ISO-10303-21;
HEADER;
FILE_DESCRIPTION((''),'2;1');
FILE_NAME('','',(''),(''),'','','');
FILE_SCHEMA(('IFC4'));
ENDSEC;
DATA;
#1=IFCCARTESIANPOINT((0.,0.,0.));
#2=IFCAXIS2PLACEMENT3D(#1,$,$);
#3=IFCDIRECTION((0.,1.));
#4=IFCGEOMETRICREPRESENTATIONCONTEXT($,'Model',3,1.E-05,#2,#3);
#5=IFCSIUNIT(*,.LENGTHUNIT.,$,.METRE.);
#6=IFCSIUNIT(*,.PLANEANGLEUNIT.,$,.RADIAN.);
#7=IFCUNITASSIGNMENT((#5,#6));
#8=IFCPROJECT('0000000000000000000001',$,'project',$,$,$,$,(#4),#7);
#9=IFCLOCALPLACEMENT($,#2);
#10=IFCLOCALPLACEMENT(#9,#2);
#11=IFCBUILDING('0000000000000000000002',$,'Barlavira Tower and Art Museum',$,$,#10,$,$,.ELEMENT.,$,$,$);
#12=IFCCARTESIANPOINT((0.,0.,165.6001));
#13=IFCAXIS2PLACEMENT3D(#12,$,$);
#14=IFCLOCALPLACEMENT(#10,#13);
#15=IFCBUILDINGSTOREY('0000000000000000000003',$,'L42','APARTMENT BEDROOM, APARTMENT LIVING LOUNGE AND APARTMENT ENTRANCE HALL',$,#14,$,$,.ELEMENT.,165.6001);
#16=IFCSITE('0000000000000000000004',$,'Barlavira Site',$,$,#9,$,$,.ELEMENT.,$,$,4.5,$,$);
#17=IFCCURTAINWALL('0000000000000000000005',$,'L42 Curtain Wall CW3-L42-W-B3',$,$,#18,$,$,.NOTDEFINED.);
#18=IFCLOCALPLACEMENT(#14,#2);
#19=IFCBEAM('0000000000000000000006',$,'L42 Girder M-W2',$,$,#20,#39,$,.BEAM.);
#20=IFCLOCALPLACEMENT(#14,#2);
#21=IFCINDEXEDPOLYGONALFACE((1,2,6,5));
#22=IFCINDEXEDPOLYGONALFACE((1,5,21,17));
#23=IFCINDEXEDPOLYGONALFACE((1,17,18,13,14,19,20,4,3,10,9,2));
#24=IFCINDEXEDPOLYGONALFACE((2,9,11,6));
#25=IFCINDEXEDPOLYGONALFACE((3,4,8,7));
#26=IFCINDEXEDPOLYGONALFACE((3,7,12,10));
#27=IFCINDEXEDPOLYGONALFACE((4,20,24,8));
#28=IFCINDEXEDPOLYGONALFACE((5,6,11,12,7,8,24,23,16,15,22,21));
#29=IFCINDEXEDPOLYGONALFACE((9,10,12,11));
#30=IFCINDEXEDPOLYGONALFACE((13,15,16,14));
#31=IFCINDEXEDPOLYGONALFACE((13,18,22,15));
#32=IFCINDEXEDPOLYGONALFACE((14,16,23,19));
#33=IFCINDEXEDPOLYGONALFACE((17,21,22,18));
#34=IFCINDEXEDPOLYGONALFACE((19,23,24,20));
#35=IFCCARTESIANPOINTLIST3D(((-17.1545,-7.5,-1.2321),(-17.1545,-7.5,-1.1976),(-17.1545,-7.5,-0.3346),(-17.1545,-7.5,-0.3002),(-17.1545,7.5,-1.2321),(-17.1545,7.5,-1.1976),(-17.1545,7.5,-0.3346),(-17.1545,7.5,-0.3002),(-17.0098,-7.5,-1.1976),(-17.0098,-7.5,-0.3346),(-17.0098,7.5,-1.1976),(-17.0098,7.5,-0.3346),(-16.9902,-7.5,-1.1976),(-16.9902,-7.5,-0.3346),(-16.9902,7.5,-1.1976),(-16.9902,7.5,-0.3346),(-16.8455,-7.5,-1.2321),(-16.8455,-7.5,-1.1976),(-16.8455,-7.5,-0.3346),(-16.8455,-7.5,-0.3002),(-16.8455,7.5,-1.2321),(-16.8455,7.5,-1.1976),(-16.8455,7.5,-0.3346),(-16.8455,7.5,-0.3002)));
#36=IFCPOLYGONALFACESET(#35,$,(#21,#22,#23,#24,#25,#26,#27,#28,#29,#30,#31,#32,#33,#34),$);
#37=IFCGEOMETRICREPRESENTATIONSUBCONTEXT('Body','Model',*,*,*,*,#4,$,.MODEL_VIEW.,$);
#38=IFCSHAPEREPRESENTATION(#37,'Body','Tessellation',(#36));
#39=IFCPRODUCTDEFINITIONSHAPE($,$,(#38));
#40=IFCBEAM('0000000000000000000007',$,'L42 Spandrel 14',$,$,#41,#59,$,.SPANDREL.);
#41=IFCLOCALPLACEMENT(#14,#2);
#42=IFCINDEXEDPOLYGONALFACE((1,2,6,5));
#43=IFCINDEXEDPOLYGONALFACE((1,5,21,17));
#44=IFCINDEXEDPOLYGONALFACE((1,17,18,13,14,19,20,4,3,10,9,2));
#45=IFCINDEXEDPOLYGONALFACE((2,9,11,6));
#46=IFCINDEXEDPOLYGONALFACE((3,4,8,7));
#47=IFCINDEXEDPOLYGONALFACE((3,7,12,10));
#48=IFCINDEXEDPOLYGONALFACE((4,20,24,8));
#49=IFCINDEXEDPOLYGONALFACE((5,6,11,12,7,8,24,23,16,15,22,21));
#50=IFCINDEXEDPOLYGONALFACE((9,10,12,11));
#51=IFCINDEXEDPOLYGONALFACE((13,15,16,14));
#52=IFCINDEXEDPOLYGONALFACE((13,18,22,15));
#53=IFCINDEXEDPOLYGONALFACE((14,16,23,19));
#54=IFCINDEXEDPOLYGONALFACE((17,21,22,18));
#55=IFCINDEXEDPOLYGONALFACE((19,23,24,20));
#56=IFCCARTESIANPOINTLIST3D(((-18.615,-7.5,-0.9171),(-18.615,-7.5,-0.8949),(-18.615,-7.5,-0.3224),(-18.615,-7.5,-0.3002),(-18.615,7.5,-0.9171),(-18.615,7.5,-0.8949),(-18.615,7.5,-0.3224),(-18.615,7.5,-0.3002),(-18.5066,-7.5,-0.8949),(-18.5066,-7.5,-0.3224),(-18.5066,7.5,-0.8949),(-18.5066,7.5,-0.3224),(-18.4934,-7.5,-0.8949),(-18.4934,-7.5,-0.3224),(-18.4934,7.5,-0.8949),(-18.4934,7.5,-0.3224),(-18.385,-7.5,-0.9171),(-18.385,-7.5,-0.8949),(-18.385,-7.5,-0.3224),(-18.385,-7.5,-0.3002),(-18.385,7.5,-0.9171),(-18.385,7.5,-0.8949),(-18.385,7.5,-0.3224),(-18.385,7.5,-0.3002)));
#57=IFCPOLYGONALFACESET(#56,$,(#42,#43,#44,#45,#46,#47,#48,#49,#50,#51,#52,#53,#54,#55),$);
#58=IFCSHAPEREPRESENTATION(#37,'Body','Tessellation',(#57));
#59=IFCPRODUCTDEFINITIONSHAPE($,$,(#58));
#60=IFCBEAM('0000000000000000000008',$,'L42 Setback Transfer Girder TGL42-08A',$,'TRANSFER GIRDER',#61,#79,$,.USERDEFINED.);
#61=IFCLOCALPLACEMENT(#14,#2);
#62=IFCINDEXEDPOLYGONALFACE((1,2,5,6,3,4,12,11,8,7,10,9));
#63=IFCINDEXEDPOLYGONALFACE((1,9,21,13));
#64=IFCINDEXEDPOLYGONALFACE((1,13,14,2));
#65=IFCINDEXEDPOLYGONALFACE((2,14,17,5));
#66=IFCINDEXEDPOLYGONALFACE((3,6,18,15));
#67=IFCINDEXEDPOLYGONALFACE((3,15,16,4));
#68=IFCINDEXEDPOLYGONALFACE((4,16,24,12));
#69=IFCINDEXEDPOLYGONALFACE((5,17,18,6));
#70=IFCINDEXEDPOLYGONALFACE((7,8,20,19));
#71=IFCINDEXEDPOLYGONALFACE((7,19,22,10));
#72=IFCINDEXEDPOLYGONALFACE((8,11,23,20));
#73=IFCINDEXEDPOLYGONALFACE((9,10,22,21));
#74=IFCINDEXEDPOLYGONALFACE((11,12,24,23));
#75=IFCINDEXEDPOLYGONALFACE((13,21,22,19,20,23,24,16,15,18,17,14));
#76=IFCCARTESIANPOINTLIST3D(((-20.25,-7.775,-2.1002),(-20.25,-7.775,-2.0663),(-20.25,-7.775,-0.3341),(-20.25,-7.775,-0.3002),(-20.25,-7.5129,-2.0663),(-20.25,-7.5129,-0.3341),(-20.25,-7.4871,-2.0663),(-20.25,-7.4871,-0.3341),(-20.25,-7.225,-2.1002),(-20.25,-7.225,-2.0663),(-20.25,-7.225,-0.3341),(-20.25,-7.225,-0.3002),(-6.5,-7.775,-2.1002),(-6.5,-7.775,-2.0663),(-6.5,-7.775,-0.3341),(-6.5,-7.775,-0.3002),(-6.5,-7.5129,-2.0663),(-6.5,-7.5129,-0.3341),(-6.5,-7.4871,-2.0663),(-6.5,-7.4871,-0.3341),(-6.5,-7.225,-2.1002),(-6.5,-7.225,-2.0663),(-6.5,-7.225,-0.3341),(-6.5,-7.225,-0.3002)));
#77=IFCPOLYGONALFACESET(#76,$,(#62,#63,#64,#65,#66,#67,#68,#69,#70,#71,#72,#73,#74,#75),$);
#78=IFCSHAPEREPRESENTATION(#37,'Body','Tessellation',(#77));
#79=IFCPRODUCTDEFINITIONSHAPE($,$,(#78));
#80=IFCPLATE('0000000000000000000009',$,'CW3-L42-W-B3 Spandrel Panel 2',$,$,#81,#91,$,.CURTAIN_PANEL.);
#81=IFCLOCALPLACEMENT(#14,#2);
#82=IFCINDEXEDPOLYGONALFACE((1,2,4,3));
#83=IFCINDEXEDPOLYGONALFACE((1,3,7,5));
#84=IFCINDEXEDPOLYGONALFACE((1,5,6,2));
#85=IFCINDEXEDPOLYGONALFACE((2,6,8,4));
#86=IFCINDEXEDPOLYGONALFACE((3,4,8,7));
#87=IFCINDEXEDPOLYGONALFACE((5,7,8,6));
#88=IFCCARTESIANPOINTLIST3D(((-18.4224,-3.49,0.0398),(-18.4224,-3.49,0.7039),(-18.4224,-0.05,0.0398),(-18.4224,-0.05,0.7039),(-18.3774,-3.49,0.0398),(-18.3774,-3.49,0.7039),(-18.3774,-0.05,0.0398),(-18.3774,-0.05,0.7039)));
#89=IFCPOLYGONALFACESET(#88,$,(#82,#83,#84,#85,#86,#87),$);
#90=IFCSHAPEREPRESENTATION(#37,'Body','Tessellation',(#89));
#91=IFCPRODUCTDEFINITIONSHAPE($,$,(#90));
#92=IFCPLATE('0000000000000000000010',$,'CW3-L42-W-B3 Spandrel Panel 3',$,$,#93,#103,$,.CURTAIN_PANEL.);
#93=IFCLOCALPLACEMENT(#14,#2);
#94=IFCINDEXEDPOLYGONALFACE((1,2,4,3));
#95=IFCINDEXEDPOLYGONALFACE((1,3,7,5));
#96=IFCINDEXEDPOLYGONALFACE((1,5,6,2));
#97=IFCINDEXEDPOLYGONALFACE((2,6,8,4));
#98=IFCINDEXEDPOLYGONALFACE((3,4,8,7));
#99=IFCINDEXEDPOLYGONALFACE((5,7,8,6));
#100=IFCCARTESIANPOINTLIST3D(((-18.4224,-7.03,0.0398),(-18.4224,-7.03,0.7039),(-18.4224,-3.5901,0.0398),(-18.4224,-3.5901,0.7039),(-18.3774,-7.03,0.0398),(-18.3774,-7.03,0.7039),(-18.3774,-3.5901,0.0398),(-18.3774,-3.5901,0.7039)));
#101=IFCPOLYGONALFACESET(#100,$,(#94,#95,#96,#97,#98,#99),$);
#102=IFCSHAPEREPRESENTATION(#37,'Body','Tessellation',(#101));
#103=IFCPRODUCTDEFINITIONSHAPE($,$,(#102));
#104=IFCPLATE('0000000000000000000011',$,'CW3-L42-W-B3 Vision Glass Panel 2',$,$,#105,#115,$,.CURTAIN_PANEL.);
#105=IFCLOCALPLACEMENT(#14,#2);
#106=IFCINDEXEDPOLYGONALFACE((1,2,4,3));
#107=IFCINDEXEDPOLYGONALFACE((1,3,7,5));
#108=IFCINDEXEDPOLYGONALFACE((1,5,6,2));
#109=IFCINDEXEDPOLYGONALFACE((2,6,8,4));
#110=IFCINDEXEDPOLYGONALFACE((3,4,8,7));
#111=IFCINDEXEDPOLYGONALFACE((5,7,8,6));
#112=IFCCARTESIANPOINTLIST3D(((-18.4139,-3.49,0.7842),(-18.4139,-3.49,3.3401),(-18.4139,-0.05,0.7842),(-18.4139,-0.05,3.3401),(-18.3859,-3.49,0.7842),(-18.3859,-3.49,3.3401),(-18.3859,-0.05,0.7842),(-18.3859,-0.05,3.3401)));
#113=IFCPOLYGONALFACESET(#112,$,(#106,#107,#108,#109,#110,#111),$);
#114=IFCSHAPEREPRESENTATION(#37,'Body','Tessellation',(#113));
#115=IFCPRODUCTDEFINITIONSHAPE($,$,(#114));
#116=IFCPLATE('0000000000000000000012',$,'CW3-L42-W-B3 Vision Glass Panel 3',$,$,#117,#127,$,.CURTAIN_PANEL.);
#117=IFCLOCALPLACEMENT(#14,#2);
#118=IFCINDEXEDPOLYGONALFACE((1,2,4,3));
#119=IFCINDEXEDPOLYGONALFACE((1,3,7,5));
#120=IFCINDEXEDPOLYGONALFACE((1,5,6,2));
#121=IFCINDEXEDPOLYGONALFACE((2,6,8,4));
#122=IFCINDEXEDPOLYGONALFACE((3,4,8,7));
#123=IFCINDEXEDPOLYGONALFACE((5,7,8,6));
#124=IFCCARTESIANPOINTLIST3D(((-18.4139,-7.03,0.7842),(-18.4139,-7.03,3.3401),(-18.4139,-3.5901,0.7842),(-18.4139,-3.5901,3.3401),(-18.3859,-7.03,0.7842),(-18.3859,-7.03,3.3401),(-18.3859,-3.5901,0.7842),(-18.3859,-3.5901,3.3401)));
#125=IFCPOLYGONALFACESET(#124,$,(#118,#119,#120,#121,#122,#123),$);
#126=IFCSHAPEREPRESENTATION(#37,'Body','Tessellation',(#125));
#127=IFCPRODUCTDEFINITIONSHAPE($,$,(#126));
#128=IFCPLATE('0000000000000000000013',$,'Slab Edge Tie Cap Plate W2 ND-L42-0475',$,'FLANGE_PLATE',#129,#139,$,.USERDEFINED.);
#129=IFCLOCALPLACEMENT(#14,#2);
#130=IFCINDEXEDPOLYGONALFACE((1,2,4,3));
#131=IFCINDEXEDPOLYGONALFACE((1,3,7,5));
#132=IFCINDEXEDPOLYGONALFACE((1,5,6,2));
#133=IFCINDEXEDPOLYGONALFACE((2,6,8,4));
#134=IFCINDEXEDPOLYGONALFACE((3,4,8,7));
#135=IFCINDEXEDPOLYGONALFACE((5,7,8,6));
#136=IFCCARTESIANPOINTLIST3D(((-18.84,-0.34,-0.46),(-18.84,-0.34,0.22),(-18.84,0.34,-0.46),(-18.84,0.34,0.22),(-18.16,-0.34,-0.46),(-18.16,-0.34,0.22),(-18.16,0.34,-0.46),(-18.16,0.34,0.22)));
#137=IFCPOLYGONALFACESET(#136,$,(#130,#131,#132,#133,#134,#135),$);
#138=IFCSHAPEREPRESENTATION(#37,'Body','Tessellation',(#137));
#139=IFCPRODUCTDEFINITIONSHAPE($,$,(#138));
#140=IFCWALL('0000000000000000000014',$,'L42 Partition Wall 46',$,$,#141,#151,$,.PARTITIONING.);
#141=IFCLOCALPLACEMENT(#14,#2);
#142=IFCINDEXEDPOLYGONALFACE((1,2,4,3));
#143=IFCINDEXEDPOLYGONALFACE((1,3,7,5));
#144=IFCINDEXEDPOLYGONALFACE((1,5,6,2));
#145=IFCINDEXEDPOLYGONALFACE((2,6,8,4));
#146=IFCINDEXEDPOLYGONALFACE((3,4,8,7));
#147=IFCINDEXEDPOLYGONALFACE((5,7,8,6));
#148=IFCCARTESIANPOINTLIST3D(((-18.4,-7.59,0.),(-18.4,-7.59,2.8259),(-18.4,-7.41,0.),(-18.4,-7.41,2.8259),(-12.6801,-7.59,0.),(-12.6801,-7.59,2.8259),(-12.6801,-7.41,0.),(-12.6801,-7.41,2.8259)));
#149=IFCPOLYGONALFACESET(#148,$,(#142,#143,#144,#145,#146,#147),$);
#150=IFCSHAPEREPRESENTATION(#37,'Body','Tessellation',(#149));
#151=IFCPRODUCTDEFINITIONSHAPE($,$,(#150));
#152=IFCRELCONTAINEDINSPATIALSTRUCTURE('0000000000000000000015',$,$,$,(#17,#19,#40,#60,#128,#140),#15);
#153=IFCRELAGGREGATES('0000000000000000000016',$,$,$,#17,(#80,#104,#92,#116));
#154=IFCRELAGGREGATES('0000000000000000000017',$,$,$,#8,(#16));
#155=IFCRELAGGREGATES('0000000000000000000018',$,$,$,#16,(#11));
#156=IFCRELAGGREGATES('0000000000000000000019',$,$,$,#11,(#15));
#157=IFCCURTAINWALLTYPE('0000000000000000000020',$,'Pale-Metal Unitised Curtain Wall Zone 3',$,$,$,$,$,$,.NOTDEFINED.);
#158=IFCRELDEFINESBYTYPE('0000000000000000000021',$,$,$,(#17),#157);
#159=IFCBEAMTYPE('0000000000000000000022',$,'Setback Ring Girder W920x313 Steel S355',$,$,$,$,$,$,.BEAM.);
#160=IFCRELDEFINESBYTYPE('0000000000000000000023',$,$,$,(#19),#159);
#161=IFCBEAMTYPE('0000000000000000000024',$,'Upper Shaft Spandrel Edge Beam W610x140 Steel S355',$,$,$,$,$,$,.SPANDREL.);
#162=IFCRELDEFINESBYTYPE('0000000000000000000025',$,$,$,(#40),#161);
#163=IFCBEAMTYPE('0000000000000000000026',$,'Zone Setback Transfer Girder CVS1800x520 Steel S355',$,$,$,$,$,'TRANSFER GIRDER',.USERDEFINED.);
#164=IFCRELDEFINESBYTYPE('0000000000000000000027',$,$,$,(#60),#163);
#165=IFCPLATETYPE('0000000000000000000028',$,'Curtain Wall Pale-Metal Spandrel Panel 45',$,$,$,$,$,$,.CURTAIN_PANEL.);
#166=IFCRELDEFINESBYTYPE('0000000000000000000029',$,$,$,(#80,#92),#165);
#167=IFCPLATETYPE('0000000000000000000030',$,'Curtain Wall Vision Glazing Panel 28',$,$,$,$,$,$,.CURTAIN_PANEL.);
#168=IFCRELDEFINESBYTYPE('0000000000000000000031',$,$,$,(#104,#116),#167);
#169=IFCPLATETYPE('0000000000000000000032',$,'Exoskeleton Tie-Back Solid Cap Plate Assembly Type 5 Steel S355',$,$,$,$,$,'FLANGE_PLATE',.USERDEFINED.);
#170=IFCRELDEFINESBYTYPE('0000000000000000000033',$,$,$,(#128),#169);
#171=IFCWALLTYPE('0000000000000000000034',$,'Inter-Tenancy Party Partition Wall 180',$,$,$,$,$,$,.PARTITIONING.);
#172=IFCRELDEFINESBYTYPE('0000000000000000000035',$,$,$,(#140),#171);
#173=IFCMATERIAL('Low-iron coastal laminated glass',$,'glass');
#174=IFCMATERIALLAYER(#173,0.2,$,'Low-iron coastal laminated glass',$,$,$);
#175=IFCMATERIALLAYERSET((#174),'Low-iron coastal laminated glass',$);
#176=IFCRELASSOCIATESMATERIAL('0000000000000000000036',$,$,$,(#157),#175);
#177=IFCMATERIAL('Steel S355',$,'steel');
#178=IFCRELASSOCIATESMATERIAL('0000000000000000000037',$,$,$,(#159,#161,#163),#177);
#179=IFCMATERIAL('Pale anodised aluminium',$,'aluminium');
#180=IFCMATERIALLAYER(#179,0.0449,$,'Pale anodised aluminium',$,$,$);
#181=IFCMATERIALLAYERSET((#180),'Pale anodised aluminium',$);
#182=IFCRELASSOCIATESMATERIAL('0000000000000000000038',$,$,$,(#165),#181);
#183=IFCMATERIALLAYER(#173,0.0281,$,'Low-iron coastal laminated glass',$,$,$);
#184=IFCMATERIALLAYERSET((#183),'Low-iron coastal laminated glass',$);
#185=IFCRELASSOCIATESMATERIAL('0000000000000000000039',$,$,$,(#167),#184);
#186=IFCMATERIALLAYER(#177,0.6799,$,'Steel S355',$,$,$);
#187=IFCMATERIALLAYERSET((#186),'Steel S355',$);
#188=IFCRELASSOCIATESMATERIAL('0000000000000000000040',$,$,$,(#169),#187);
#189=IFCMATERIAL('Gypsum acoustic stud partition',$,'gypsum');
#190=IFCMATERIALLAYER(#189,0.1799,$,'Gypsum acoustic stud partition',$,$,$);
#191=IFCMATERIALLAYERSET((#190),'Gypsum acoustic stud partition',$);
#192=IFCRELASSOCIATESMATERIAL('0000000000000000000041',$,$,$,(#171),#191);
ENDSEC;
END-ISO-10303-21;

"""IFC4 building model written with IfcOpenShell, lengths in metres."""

from ifc_helpers import new_model, si_unit, direction, frame, frame_2d, origin, origin_2d, place, context, subcontext, project, spatial, rectangle, i_section, extrude, material, layer, layer_set, material_profile, profile_set, type_object, element, aggregate, save


model = new_model("IFC4")

# Units and contexts
model_context = context("Model", 3, precision=1e-05, world=origin(), true_north=direction((0.0, 1.0)))
body_context = subcontext(model_context, "Body", "Model", "MODEL_VIEW")
ifc_project = project(units=[si_unit("LENGTHUNIT", "METRE"), si_unit("PLANEANGLEUNIT", "RADIAN")], contexts=[model_context])

# Site, building, storey
site_placement = place(None, origin())
site = spatial("IfcSite", under=ifc_project, at=site_placement, Name="Barlavira Site", CompositionType="ELEMENT", RefElevation=4.5)
building_placement = place(site_placement, origin())
building = spatial("IfcBuilding", under=site, at=building_placement, Name="Barlavira Tower and Art Museum", CompositionType="ELEMENT")
storey_placement = place(building_placement, frame((0.0, 0.0, 165.6001)))
storey = spatial("IfcBuildingStorey", under=building, at=storey_placement, Name="L42", Description="APARTMENT BEDROOM, APARTMENT LIVING LOUNGE AND APARTMENT ENTRANCE HALL", CompositionType="ELEMENT", Elevation=165.6001)

# Curtain wall
ifc_material_1 = material(Name="Low-iron coastal laminated glass", Category="glass")
ifc_layer_1 = layer(ifc_material_1, 0.2, Name="Low-iron coastal laminated glass")
ifc_layer_set_1 = layer_set([ifc_layer_1], Name="Low-iron coastal laminated glass")
curtain_wall_type = type_object("IfcCurtainWallType", Name="Pale-Metal Unitised Curtain Wall Zone 3", PredefinedType="NOTDEFINED", material=ifc_layer_set_1)
curtain_wall_placement = place(storey_placement, origin())
curtain_wall = element("IfcCurtainWall", 1, at=curtain_wall_placement, inside=storey, type_object=curtain_wall_type, Name="L42 Curtain Wall CW3-L42-W-B3", PredefinedType="NOTDEFINED")
ifc_material_2 = material(Name="Pale anodised aluminium", Category="aluminium")

# Shared definitions
ifc_material_3 = material(Name="Steel S355", Category="steel")

# Beams
ifc_material_profile_1 = material_profile(ifc_material_3, i_section(OverallWidth=0.3091, OverallDepth=0.9319, WebThickness=0.0195, FlangeThickness=0.0344, at=origin_2d()), Name="W920x313.0")
ifc_profile_set_1 = profile_set([ifc_material_profile_1], Name="Steel S355")
beam_type_1 = type_object("IfcBeamType", Name="Setback Ring Girder W920x313 Steel S355", PredefinedType="BEAM", material=ifc_profile_set_1)
beam_1_placement = place(storey_placement, frame((-17.0, -7.5, -0.7661), z_axis=(0.0, 1.0, 0.0), x_axis=(-1.0, 0.0, 0.0)))
element("IfcBeam", 2, at=beam_1_placement, inside=storey, type_object=beam_type_1, Name="L42 Girder M-W2", PredefinedType="BEAM", context=body_context, shape_type="SweptSolid", body=[
    extrude(i_section(OverallWidth=0.3091, OverallDepth=0.9319, WebThickness=0.0195, FlangeThickness=0.0344, at=origin_2d()), origin(), (0.0, 0.0, 1.0), 15.0),
])
ifc_material_profile_2 = material_profile(ifc_material_3, i_section(OverallWidth=0.23, OverallDepth=0.6169, WebThickness=0.0132, FlangeThickness=0.0222, at=origin_2d()), Name="W610x140.0")
ifc_profile_set_2 = profile_set([ifc_material_profile_2], Name="Steel S355")
beam_type_2 = type_object("IfcBeamType", Name="Upper Shaft Spandrel Edge Beam W610x140 Steel S355", PredefinedType="SPANDREL", material=ifc_profile_set_2)
beam_2_placement = place(storey_placement, frame((-18.5, -7.5, -0.6086), z_axis=(0.0, 1.0, 0.0), x_axis=(-1.0, 0.0, 0.0)))
element("IfcBeam", 3, at=beam_2_placement, inside=storey, type_object=beam_type_2, Name="L42 Spandrel 14", PredefinedType="SPANDREL", context=body_context, shape_type="SweptSolid", body=[
    extrude(i_section(OverallWidth=0.23, OverallDepth=0.6169, WebThickness=0.0132, FlangeThickness=0.0222, at=origin_2d()), origin(), (0.0, 0.0, 1.0), 15.0),
])
ifc_material_profile_3 = material_profile(ifc_material_3, i_section(OverallWidth=0.55, OverallDepth=1.8, WebThickness=0.0259, FlangeThickness=0.0339, at=origin_2d()), Name="CVS1800x520")
ifc_profile_set_3 = profile_set([ifc_material_profile_3], Name="Steel S355")
beam_type_3 = type_object("IfcBeamType", Name="Zone Setback Transfer Girder CVS1800x520 Steel S355", ElementType="TRANSFER GIRDER", PredefinedType="USERDEFINED", material=ifc_profile_set_3)
beam_3_placement = place(storey_placement, frame((-20.25, -7.5, -1.2002), z_axis=(1.0, 0.0, 0.0), x_axis=(0.0, 1.0, 0.0)))
element("IfcBeam", 4, at=beam_3_placement, inside=storey, type_object=beam_type_3, Name="L42 Setback Transfer Girder TGL42-08A", ObjectType="TRANSFER GIRDER", PredefinedType="USERDEFINED", context=body_context, shape_type="SweptSolid", body=[
    extrude(i_section(OverallWidth=0.55, OverallDepth=1.8, WebThickness=0.0259, FlangeThickness=0.0339, at=origin_2d()), origin(), (0.0, 0.0, 1.0), 13.75),
])

# Plates
ifc_layer_2 = layer(ifc_material_2, 0.0449, Name="Pale anodised aluminium")
ifc_layer_set_2 = layer_set([ifc_layer_2], Name="Pale anodised aluminium")
plate_type_1 = type_object("IfcPlateType", Name="Curtain Wall Pale-Metal Spandrel Panel 45", PredefinedType="CURTAIN_PANEL", material=ifc_layer_set_2)
plate_1_placement = place(storey_placement, frame((-18.3999, -1.77, 0.0398), z_axis=(0.0, 0.0, 1.0), x_axis=(0.0, -1.0, 0.0)))
plate_1 = element("IfcPlate", 5, at=plate_1_placement, type_object=plate_type_1, Name="CW3-L42-W-B3 Spandrel Panel 2", PredefinedType="CURTAIN_PANEL", context=body_context, shape_type="SweptSolid", body=[
    extrude(rectangle(XDim=3.4399, YDim=0.0449, at=origin_2d()), origin(), (0.0, 0.0, 1.0), 0.6641),
])
plate_2_placement = place(storey_placement, frame((-18.3999, -5.3101, 0.0398), z_axis=(0.0, 0.0, 1.0), x_axis=(0.0, -1.0, 0.0)))
plate_2 = element("IfcPlate", 6, at=plate_2_placement, type_object=plate_type_1, Name="CW3-L42-W-B3 Spandrel Panel 3", PredefinedType="CURTAIN_PANEL", context=body_context, shape_type="SweptSolid", body=[
    extrude(rectangle(XDim=3.4399, YDim=0.0449, at=origin_2d()), origin(), (0.0, 0.0, 1.0), 0.6641),
])
ifc_layer_3 = layer(ifc_material_1, 0.0281, Name="Low-iron coastal laminated glass")
ifc_layer_set_3 = layer_set([ifc_layer_3], Name="Low-iron coastal laminated glass")
plate_type_2 = type_object("IfcPlateType", Name="Curtain Wall Vision Glazing Panel 28", PredefinedType="CURTAIN_PANEL", material=ifc_layer_set_3)
plate_3_placement = place(storey_placement, frame((-18.3999, -1.77, 0.7842), z_axis=(0.0, 0.0, 1.0), x_axis=(0.0, -1.0, 0.0)))
plate_3 = element("IfcPlate", 7, at=plate_3_placement, type_object=plate_type_2, Name="CW3-L42-W-B3 Vision Glass Panel 2", PredefinedType="CURTAIN_PANEL", context=body_context, shape_type="SweptSolid", body=[
    extrude(rectangle(XDim=3.4399, YDim=0.0281, at=origin_2d()), origin(), (0.0, 0.0, 1.0), 2.5559),
])
plate_4_placement = place(storey_placement, frame((-18.3999, -5.3101, 0.7842), z_axis=(0.0, 0.0, 1.0), x_axis=(0.0, -1.0, 0.0)))
plate_4 = element("IfcPlate", 8, at=plate_4_placement, type_object=plate_type_2, Name="CW3-L42-W-B3 Vision Glass Panel 3", PredefinedType="CURTAIN_PANEL", context=body_context, shape_type="SweptSolid", body=[
    extrude(rectangle(XDim=3.4399, YDim=0.0281, at=origin_2d()), origin(), (0.0, 0.0, 1.0), 2.5559),
])
aggregate(curtain_wall, [plate_1, plate_3, plate_2, plate_4])
ifc_layer_4 = layer(ifc_material_3, 0.6799, Name="Steel S355")
ifc_layer_set_4 = layer_set([ifc_layer_4], Name="Steel S355")
plate_type_3 = type_object("IfcPlateType", Name="Exoskeleton Tie-Back Solid Cap Plate Assembly Type 5 Steel S355", ElementType="FLANGE_PLATE", PredefinedType="USERDEFINED", material=ifc_layer_set_4)
plate_5_placement = place(storey_placement, frame((-18.5, 0.0, -0.46), z_axis=(0.0, 0.0, 1.0), x_axis=(1.0, 0.0, 0.0)))
element("IfcPlate", 9, at=plate_5_placement, inside=storey, type_object=plate_type_3, Name="Slab Edge Tie Cap Plate W2 ND-L42-0475", ObjectType="FLANGE_PLATE", PredefinedType="USERDEFINED", context=body_context, shape_type="SweptSolid", body=[
    extrude(rectangle(XDim=0.6799, YDim=0.6799, at=origin_2d()), origin(), (0.0, 0.0, 1.0), 0.6799),
])

# Wall
ifc_material_4 = material(Name="Gypsum acoustic stud partition", Category="gypsum")
ifc_layer_5 = layer(ifc_material_4, 0.1799, Name="Gypsum acoustic stud partition")
ifc_layer_set_5 = layer_set([ifc_layer_5], Name="Gypsum acoustic stud partition")
wall_type_1 = type_object("IfcWallType", Name="Inter-Tenancy Party Partition Wall 180", PredefinedType="PARTITIONING", material=ifc_layer_set_5)
wall_1_placement = place(storey_placement, frame((-18.3999, -7.5, 0.0), z_axis=(0.0, 0.0, 1.0), x_axis=(1.0, 0.0, 0.0)))
element("IfcWall", 10, at=wall_1_placement, inside=storey, type_object=wall_type_1, Name="L42 Partition Wall 46", PredefinedType="PARTITIONING", context=body_context, shape_type="SweptSolid", body=[
    extrude(rectangle(XDim=5.72, YDim=0.1799, at=frame_2d((2.8599, 0.0))), origin(), (0.0, 0.0, 1.0), 2.8259),
])

save(model, "model.ifc")
